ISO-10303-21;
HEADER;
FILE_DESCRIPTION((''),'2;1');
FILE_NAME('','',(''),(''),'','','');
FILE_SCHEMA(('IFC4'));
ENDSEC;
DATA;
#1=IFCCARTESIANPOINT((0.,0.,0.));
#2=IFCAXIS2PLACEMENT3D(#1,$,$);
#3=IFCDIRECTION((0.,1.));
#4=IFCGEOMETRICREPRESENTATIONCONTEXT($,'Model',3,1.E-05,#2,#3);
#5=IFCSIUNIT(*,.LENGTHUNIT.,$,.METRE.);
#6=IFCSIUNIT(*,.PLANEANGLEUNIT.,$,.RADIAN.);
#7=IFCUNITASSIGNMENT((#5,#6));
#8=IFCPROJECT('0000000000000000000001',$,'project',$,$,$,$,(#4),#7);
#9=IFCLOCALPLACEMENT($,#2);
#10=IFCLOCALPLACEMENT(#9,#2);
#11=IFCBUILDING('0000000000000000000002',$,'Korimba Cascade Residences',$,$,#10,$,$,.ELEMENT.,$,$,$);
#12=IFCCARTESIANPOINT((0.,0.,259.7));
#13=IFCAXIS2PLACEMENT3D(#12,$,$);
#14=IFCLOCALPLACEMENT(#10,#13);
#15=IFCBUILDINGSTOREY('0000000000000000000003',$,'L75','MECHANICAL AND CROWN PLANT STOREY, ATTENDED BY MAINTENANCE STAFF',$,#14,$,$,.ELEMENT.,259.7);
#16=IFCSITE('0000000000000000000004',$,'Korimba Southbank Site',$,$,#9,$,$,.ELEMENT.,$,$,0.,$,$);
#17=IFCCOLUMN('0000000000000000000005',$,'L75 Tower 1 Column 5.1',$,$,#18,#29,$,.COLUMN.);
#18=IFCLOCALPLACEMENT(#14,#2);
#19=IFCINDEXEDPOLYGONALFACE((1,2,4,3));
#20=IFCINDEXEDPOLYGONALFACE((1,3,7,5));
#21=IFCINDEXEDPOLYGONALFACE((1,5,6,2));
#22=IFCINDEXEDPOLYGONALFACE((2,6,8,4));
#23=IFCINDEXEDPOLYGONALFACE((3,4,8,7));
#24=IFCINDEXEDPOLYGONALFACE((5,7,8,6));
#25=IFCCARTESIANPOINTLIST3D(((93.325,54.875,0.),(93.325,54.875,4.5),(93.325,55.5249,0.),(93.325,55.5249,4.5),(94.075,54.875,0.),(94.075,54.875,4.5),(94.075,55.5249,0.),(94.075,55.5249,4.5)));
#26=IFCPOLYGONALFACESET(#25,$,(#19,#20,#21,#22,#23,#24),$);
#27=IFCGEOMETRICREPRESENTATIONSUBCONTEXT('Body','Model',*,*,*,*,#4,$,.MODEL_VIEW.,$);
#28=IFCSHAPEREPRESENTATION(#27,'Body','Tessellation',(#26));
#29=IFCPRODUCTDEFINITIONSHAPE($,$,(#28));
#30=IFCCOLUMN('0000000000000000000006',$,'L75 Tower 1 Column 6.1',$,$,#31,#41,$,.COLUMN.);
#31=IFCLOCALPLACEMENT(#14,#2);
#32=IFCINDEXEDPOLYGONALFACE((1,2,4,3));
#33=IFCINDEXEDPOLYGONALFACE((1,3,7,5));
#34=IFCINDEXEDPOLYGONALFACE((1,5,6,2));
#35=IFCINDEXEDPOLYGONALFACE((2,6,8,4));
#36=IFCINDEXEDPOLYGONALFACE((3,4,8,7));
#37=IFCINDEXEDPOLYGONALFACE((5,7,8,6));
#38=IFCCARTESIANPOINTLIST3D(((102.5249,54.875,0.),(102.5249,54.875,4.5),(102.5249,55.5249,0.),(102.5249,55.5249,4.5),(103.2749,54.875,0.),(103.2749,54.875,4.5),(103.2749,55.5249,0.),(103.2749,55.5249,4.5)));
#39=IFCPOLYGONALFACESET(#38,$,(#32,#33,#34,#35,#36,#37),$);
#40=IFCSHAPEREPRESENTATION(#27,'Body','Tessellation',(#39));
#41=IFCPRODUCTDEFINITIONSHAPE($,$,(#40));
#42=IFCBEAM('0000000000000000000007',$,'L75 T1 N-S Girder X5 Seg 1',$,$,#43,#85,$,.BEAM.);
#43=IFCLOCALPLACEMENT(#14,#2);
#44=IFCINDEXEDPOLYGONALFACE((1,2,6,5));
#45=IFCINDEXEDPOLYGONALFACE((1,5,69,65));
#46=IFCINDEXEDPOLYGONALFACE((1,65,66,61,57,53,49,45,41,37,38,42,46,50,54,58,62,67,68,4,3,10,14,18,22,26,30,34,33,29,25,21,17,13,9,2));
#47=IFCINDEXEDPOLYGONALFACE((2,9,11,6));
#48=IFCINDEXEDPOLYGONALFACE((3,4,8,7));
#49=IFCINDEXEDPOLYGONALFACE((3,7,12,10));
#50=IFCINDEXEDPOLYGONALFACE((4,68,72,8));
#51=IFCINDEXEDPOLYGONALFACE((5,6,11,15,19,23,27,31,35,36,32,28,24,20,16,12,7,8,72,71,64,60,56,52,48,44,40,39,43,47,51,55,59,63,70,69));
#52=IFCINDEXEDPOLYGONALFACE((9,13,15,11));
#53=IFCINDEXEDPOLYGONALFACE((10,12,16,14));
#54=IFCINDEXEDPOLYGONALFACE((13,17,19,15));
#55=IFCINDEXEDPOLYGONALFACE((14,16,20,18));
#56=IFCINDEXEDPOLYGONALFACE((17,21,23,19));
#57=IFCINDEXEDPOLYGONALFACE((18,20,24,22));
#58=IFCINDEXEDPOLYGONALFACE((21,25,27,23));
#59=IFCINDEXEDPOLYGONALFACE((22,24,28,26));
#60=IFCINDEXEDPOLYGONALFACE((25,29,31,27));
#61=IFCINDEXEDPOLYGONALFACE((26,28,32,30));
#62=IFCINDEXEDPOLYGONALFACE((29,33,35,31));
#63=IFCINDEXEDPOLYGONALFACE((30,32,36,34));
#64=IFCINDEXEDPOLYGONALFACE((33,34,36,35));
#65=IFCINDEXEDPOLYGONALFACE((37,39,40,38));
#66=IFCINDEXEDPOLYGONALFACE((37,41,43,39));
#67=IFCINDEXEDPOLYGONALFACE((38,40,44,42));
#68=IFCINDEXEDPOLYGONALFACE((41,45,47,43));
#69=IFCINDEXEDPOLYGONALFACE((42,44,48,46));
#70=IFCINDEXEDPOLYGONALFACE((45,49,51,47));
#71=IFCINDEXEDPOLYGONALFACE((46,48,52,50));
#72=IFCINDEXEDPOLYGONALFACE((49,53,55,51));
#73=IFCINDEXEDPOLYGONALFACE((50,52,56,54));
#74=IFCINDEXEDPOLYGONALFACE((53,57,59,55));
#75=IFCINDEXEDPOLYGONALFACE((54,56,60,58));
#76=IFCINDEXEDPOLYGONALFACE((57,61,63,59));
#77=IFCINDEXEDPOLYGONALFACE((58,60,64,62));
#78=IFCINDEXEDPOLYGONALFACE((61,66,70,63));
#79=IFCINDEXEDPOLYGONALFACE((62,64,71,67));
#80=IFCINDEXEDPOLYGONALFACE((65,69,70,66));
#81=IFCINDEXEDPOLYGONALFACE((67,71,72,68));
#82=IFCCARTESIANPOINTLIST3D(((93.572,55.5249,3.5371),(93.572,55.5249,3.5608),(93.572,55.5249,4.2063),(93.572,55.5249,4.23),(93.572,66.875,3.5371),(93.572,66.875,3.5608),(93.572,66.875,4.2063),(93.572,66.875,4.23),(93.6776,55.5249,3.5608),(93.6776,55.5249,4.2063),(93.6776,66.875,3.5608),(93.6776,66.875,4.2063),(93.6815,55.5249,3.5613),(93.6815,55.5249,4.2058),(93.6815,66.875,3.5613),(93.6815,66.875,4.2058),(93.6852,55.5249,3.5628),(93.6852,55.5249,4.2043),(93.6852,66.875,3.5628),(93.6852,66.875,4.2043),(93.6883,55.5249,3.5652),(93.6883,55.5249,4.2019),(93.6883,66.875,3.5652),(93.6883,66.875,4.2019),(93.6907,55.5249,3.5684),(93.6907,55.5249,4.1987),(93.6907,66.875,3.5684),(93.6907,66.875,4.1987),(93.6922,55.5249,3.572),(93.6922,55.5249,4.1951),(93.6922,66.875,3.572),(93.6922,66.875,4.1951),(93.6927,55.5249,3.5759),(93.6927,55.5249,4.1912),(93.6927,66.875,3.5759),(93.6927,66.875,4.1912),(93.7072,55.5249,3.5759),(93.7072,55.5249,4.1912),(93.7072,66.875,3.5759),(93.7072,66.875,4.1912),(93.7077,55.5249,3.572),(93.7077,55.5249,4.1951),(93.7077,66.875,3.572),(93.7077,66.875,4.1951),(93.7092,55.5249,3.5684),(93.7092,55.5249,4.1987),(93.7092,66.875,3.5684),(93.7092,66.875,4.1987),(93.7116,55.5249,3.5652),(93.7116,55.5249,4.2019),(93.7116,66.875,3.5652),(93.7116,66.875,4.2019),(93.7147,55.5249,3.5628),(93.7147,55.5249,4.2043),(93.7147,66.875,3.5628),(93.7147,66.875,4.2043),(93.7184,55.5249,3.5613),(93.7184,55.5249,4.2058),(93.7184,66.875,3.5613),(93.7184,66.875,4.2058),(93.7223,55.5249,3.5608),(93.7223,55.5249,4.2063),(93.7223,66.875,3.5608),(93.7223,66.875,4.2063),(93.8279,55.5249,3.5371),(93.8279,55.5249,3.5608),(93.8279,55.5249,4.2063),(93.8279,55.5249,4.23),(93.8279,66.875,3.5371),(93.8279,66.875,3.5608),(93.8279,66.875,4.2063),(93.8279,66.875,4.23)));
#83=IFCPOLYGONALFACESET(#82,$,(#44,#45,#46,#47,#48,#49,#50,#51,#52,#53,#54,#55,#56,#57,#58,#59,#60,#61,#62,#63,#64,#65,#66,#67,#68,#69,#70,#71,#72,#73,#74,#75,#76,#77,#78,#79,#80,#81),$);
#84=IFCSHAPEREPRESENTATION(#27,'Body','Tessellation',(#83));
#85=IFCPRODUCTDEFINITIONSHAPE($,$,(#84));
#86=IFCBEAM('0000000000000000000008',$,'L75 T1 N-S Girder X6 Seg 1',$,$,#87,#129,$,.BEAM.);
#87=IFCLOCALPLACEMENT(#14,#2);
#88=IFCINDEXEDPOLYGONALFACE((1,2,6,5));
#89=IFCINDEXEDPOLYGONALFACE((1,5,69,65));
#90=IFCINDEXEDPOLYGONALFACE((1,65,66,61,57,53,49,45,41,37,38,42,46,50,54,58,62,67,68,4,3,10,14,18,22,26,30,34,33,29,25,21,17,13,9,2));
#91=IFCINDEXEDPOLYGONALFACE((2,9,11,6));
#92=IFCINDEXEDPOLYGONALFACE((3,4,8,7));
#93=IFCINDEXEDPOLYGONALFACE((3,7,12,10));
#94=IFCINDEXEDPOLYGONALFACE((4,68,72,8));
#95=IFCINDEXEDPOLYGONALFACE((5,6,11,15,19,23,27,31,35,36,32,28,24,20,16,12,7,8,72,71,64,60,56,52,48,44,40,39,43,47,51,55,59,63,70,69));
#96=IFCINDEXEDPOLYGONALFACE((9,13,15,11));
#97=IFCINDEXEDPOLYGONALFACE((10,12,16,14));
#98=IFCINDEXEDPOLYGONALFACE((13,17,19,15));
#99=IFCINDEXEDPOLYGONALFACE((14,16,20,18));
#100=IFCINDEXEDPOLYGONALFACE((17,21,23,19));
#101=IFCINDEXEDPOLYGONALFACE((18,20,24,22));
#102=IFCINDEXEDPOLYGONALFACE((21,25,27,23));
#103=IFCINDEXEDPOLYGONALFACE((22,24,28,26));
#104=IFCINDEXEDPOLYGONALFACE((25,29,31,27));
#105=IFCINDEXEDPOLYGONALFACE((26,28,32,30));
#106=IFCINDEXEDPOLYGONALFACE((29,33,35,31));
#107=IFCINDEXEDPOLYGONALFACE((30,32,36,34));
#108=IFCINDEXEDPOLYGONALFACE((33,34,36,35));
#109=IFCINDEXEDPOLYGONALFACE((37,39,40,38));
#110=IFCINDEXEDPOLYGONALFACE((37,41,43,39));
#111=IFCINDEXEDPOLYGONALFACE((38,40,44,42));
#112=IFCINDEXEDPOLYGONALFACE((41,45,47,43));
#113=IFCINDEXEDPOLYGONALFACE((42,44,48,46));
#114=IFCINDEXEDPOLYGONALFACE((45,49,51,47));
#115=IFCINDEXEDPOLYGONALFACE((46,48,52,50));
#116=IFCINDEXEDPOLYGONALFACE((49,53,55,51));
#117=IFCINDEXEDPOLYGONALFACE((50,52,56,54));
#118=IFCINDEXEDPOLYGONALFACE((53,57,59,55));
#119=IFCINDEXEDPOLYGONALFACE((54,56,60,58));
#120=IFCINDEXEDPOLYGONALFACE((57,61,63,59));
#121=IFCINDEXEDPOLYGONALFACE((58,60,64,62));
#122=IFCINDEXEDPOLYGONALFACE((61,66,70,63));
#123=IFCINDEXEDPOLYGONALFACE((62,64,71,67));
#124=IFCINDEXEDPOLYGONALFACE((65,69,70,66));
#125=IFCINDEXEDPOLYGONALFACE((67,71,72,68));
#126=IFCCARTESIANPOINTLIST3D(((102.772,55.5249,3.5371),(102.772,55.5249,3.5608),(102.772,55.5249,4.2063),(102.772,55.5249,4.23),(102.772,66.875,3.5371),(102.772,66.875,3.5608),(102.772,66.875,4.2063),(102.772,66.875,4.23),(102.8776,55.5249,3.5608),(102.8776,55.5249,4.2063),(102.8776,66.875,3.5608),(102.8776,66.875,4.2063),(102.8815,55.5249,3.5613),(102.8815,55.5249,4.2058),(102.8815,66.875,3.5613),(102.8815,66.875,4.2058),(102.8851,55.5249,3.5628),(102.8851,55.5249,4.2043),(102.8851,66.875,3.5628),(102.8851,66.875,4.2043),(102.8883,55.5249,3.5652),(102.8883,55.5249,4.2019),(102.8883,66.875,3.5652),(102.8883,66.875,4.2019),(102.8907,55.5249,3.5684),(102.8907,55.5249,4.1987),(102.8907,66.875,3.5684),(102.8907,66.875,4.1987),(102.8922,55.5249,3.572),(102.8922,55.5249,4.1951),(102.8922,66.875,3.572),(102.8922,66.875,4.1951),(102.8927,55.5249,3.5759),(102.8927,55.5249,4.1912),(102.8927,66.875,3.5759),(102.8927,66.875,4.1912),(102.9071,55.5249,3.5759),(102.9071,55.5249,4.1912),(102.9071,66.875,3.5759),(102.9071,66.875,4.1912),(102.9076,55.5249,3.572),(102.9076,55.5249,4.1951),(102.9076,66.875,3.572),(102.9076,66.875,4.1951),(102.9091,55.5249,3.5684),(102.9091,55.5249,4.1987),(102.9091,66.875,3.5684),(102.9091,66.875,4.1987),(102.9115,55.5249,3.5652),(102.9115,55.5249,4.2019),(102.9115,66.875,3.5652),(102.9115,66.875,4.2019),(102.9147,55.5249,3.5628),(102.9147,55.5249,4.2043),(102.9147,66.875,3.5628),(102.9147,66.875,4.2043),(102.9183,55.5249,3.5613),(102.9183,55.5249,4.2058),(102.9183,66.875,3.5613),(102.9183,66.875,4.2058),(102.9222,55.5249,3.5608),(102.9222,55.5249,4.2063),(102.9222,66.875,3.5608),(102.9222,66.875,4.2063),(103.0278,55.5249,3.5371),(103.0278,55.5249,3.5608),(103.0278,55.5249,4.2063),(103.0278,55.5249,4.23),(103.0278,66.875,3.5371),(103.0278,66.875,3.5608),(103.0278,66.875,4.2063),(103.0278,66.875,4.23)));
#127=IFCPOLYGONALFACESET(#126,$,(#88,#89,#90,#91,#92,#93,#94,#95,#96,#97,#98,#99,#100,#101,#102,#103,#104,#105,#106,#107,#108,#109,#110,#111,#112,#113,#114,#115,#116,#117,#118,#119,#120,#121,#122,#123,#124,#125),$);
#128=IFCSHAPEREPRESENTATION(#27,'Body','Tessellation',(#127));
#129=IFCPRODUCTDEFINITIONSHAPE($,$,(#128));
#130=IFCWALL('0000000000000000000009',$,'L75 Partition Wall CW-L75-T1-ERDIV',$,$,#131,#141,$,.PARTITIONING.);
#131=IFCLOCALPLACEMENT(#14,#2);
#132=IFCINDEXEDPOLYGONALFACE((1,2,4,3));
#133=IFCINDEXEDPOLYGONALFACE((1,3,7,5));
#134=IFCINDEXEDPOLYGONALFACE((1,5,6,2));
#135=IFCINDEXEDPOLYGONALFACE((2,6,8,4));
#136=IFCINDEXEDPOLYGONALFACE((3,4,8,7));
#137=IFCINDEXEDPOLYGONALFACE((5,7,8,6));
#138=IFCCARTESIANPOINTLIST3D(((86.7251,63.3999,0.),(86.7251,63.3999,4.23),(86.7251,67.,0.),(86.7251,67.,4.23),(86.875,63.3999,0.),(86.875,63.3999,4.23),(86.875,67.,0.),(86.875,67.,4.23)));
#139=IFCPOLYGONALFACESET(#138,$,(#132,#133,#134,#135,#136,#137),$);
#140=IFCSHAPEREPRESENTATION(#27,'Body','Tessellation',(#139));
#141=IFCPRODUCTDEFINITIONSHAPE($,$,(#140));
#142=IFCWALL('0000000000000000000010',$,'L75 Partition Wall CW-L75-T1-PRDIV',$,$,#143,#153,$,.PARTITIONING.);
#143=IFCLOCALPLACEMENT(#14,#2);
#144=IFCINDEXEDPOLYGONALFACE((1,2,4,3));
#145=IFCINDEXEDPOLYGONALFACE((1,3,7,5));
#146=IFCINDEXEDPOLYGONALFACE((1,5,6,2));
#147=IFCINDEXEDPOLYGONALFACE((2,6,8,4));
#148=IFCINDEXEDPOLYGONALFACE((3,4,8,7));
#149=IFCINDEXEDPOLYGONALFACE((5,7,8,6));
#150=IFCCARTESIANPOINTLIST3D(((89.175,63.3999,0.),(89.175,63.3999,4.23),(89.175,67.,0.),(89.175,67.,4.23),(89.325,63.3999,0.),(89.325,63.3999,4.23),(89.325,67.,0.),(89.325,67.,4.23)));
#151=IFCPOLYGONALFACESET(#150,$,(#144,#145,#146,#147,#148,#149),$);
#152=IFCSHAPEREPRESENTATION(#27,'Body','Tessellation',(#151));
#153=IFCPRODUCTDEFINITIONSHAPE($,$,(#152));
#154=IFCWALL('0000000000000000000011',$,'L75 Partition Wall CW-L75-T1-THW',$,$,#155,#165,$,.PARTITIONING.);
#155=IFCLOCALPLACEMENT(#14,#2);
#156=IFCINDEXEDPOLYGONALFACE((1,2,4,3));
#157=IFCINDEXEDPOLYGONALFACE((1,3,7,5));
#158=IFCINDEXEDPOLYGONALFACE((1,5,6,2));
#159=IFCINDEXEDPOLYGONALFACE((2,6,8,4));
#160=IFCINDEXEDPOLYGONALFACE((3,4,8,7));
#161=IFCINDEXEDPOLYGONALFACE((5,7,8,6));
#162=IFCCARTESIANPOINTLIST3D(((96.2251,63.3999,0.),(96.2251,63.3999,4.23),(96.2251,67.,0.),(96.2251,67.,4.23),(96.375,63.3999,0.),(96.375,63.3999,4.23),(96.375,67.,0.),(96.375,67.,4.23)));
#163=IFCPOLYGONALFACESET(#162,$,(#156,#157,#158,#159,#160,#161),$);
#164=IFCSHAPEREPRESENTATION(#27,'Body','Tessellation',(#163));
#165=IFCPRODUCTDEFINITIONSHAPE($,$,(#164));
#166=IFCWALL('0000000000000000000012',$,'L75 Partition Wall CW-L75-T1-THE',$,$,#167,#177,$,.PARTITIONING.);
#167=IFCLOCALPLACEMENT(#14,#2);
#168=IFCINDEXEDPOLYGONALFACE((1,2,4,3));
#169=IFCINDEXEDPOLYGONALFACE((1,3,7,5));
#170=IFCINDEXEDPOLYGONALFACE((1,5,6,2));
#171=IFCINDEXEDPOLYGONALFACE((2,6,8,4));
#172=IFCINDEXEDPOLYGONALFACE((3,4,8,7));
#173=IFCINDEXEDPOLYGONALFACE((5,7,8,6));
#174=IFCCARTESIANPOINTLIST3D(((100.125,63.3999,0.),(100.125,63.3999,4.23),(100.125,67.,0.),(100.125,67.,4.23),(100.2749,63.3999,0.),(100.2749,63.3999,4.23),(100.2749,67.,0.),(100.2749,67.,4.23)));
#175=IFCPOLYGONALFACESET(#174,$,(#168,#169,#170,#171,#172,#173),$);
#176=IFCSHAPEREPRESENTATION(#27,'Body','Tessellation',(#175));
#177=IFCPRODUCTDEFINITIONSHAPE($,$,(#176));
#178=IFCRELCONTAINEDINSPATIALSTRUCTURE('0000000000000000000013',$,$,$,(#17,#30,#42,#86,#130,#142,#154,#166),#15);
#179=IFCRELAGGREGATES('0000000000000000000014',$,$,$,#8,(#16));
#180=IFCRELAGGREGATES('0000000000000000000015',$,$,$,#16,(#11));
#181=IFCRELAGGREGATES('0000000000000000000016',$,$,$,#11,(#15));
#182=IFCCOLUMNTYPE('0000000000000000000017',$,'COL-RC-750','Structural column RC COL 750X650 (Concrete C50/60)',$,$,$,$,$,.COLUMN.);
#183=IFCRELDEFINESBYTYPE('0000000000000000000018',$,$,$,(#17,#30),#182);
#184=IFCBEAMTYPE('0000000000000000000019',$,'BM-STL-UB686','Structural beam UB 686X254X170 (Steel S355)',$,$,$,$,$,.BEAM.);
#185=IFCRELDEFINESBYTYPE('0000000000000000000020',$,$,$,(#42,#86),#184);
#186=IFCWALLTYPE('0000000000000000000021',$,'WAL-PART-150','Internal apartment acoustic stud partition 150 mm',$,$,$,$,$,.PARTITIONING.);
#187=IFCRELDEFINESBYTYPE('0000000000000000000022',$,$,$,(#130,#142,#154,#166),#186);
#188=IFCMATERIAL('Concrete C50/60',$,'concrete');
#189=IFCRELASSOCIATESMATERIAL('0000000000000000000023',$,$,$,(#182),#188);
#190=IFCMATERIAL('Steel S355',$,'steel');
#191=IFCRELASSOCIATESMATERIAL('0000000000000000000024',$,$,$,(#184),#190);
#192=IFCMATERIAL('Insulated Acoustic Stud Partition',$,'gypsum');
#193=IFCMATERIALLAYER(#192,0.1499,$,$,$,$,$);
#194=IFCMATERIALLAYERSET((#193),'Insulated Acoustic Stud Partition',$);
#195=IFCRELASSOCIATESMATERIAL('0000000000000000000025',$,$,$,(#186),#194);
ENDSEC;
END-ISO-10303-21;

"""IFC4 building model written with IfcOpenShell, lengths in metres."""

from ifc_helpers import new_model, si_unit, direction, frame, frame_2d, origin, origin_2d, place, context, subcontext, project, spatial, rectangle, i_section, extrude, material, layer, layer_set, material_profile, profile_set, type_object, element, save


model = new_model("IFC4")

# Units and contexts
model_context = context("Model", 3, precision=1e-05, world=origin(), true_north=direction((0.0, 1.0)))
body_context = subcontext(model_context, "Body", "Model", "MODEL_VIEW")
ifc_project = project(units=[si_unit("LENGTHUNIT", "METRE"), si_unit("PLANEANGLEUNIT", "RADIAN")], contexts=[model_context])

# Site, building, storey
site_placement = place(None, origin())
site = spatial("IfcSite", under=ifc_project, at=site_placement, Name="Korimba Southbank Site", CompositionType="ELEMENT", RefElevation=0.0)
building_placement = place(site_placement, origin())
building = spatial("IfcBuilding", under=site, at=building_placement, Name="Korimba Cascade Residences", CompositionType="ELEMENT")
storey_placement = place(building_placement, frame((0.0, 0.0, 259.7)))
storey = spatial("IfcBuildingStorey", under=building, at=storey_placement, Name="L75", Description="MECHANICAL AND CROWN PLANT STOREY, ATTENDED BY MAINTENANCE STAFF", CompositionType="ELEMENT", Elevation=259.7)

# Columns
ifc_material_1 = material(Name="Concrete C50/60", Category="concrete")
ifc_material_profile_1 = material_profile(ifc_material_1, rectangle(XDim=0.75, YDim=0.6499, at=origin_2d()), Name="Concrete C50/60")
ifc_profile_set_1 = profile_set([ifc_material_profile_1], Name="Concrete C50/60")
column_type = type_object("IfcColumnType", Name="COL-RC-750", Description="Structural column RC COL 750X650 (Concrete C50/60)", PredefinedType="COLUMN", material=ifc_profile_set_1)
for number, where, z_axis, x_axis, name in (
    (1, (93.7, 55.2, 0.0), (0.0, 0.0, 1.0), (1.0, 0.0, 0.0), "L75 Tower 1 Column 5.1"),
    (2, (102.8999, 55.2, 0.0), (0.0, 0.0, 1.0), (1.0, 0.0, 0.0), "L75 Tower 1 Column 6.1"),
):
    element("IfcColumn", number, at=place(storey_placement, frame(where, z_axis=z_axis, x_axis=x_axis)), inside=storey, type_object=column_type, Name=name, PredefinedType="COLUMN", context=body_context, shape_type="SweptSolid", body=[
        extrude(rectangle(XDim=0.75, YDim=0.6499, at=origin_2d()), origin(), (0.0, 0.0, 1.0), 4.5),
    ])

# Beams
ifc_material_2 = material(Name="Steel S355", Category="steel")
ifc_material_profile_2 = material_profile(ifc_material_2, i_section(OverallWidth=0.2559, OverallDepth=0.6929, WebThickness=0.0144, FlangeThickness=0.0237, FilletRadius=0.0151, at=origin_2d()), Name="Steel S355")
ifc_profile_set_2 = profile_set([ifc_material_profile_2], Name="Steel S355")
beam_type = type_object("IfcBeamType", Name="BM-STL-UB686", Description="Structural beam UB 686X254X170 (Steel S355)", PredefinedType="BEAM", material=ifc_profile_set_2)
for number, where, z_axis, x_axis, name in (
    (3, (93.7, 55.5249, 3.8835), (0.0, 1.0, 0.0), (-1.0, 0.0, 0.0), "L75 T1 N-S Girder X5 Seg 1"),
    (4, (102.8999, 55.5249, 3.8835), (0.0, 1.0, 0.0), (-1.0, 0.0, 0.0), "L75 T1 N-S Girder X6 Seg 1"),
):
    element("IfcBeam", number, at=place(storey_placement, frame(where, z_axis=z_axis, x_axis=x_axis)), inside=storey, type_object=beam_type, Name=name, PredefinedType="BEAM", context=body_context, shape_type="SweptSolid", body=[
        extrude(i_section(OverallWidth=0.2559, OverallDepth=0.6929, WebThickness=0.0144, FlangeThickness=0.0237, FilletRadius=0.0151, at=origin_2d()), origin(), (0.0, 0.0, 1.0), 11.3501),
    ])

# Walls
ifc_material_3 = material(Name="Insulated Acoustic Stud Partition", Category="gypsum")
ifc_layer_1 = layer(ifc_material_3, 0.1499)
ifc_layer_set_1 = layer_set([ifc_layer_1], Name="Insulated Acoustic Stud Partition")
wall_type_1 = type_object("IfcWallType", Name="WAL-PART-150", Description="Internal apartment acoustic stud partition 150 mm", PredefinedType="PARTITIONING", material=ifc_layer_set_1)
for number, where, z_axis, x_axis, name in (
    (5, (86.8, 63.3999, 0.0), (0.0, 0.0, 1.0), (0.0, 1.0, 0.0), "L75 Partition Wall CW-L75-T1-ERDIV"),
    (6, (89.25, 63.3999, 0.0), (0.0, 0.0, 1.0), (0.0, 1.0, 0.0), "L75 Partition Wall CW-L75-T1-PRDIV"),
    (7, (96.3, 63.3999, 0.0), (0.0, 0.0, 1.0), (0.0, 1.0, 0.0), "L75 Partition Wall CW-L75-T1-THW"),
    (8, (100.2, 63.3999, 0.0), (0.0, 0.0, 1.0), (0.0, 1.0, 0.0), "L75 Partition Wall CW-L75-T1-THE"),
):
    element("IfcWall", number, at=place(storey_placement, frame(where, z_axis=z_axis, x_axis=x_axis)), inside=storey, type_object=wall_type_1, Name=name, PredefinedType="PARTITIONING", context=body_context, shape_type="SweptSolid", body=[
        extrude(rectangle(XDim=3.6001, YDim=0.1499, at=frame_2d((1.8, 0.0))), origin(), (0.0, 0.0, 1.0), 4.23),
    ])

save(model, "model.ifc")
